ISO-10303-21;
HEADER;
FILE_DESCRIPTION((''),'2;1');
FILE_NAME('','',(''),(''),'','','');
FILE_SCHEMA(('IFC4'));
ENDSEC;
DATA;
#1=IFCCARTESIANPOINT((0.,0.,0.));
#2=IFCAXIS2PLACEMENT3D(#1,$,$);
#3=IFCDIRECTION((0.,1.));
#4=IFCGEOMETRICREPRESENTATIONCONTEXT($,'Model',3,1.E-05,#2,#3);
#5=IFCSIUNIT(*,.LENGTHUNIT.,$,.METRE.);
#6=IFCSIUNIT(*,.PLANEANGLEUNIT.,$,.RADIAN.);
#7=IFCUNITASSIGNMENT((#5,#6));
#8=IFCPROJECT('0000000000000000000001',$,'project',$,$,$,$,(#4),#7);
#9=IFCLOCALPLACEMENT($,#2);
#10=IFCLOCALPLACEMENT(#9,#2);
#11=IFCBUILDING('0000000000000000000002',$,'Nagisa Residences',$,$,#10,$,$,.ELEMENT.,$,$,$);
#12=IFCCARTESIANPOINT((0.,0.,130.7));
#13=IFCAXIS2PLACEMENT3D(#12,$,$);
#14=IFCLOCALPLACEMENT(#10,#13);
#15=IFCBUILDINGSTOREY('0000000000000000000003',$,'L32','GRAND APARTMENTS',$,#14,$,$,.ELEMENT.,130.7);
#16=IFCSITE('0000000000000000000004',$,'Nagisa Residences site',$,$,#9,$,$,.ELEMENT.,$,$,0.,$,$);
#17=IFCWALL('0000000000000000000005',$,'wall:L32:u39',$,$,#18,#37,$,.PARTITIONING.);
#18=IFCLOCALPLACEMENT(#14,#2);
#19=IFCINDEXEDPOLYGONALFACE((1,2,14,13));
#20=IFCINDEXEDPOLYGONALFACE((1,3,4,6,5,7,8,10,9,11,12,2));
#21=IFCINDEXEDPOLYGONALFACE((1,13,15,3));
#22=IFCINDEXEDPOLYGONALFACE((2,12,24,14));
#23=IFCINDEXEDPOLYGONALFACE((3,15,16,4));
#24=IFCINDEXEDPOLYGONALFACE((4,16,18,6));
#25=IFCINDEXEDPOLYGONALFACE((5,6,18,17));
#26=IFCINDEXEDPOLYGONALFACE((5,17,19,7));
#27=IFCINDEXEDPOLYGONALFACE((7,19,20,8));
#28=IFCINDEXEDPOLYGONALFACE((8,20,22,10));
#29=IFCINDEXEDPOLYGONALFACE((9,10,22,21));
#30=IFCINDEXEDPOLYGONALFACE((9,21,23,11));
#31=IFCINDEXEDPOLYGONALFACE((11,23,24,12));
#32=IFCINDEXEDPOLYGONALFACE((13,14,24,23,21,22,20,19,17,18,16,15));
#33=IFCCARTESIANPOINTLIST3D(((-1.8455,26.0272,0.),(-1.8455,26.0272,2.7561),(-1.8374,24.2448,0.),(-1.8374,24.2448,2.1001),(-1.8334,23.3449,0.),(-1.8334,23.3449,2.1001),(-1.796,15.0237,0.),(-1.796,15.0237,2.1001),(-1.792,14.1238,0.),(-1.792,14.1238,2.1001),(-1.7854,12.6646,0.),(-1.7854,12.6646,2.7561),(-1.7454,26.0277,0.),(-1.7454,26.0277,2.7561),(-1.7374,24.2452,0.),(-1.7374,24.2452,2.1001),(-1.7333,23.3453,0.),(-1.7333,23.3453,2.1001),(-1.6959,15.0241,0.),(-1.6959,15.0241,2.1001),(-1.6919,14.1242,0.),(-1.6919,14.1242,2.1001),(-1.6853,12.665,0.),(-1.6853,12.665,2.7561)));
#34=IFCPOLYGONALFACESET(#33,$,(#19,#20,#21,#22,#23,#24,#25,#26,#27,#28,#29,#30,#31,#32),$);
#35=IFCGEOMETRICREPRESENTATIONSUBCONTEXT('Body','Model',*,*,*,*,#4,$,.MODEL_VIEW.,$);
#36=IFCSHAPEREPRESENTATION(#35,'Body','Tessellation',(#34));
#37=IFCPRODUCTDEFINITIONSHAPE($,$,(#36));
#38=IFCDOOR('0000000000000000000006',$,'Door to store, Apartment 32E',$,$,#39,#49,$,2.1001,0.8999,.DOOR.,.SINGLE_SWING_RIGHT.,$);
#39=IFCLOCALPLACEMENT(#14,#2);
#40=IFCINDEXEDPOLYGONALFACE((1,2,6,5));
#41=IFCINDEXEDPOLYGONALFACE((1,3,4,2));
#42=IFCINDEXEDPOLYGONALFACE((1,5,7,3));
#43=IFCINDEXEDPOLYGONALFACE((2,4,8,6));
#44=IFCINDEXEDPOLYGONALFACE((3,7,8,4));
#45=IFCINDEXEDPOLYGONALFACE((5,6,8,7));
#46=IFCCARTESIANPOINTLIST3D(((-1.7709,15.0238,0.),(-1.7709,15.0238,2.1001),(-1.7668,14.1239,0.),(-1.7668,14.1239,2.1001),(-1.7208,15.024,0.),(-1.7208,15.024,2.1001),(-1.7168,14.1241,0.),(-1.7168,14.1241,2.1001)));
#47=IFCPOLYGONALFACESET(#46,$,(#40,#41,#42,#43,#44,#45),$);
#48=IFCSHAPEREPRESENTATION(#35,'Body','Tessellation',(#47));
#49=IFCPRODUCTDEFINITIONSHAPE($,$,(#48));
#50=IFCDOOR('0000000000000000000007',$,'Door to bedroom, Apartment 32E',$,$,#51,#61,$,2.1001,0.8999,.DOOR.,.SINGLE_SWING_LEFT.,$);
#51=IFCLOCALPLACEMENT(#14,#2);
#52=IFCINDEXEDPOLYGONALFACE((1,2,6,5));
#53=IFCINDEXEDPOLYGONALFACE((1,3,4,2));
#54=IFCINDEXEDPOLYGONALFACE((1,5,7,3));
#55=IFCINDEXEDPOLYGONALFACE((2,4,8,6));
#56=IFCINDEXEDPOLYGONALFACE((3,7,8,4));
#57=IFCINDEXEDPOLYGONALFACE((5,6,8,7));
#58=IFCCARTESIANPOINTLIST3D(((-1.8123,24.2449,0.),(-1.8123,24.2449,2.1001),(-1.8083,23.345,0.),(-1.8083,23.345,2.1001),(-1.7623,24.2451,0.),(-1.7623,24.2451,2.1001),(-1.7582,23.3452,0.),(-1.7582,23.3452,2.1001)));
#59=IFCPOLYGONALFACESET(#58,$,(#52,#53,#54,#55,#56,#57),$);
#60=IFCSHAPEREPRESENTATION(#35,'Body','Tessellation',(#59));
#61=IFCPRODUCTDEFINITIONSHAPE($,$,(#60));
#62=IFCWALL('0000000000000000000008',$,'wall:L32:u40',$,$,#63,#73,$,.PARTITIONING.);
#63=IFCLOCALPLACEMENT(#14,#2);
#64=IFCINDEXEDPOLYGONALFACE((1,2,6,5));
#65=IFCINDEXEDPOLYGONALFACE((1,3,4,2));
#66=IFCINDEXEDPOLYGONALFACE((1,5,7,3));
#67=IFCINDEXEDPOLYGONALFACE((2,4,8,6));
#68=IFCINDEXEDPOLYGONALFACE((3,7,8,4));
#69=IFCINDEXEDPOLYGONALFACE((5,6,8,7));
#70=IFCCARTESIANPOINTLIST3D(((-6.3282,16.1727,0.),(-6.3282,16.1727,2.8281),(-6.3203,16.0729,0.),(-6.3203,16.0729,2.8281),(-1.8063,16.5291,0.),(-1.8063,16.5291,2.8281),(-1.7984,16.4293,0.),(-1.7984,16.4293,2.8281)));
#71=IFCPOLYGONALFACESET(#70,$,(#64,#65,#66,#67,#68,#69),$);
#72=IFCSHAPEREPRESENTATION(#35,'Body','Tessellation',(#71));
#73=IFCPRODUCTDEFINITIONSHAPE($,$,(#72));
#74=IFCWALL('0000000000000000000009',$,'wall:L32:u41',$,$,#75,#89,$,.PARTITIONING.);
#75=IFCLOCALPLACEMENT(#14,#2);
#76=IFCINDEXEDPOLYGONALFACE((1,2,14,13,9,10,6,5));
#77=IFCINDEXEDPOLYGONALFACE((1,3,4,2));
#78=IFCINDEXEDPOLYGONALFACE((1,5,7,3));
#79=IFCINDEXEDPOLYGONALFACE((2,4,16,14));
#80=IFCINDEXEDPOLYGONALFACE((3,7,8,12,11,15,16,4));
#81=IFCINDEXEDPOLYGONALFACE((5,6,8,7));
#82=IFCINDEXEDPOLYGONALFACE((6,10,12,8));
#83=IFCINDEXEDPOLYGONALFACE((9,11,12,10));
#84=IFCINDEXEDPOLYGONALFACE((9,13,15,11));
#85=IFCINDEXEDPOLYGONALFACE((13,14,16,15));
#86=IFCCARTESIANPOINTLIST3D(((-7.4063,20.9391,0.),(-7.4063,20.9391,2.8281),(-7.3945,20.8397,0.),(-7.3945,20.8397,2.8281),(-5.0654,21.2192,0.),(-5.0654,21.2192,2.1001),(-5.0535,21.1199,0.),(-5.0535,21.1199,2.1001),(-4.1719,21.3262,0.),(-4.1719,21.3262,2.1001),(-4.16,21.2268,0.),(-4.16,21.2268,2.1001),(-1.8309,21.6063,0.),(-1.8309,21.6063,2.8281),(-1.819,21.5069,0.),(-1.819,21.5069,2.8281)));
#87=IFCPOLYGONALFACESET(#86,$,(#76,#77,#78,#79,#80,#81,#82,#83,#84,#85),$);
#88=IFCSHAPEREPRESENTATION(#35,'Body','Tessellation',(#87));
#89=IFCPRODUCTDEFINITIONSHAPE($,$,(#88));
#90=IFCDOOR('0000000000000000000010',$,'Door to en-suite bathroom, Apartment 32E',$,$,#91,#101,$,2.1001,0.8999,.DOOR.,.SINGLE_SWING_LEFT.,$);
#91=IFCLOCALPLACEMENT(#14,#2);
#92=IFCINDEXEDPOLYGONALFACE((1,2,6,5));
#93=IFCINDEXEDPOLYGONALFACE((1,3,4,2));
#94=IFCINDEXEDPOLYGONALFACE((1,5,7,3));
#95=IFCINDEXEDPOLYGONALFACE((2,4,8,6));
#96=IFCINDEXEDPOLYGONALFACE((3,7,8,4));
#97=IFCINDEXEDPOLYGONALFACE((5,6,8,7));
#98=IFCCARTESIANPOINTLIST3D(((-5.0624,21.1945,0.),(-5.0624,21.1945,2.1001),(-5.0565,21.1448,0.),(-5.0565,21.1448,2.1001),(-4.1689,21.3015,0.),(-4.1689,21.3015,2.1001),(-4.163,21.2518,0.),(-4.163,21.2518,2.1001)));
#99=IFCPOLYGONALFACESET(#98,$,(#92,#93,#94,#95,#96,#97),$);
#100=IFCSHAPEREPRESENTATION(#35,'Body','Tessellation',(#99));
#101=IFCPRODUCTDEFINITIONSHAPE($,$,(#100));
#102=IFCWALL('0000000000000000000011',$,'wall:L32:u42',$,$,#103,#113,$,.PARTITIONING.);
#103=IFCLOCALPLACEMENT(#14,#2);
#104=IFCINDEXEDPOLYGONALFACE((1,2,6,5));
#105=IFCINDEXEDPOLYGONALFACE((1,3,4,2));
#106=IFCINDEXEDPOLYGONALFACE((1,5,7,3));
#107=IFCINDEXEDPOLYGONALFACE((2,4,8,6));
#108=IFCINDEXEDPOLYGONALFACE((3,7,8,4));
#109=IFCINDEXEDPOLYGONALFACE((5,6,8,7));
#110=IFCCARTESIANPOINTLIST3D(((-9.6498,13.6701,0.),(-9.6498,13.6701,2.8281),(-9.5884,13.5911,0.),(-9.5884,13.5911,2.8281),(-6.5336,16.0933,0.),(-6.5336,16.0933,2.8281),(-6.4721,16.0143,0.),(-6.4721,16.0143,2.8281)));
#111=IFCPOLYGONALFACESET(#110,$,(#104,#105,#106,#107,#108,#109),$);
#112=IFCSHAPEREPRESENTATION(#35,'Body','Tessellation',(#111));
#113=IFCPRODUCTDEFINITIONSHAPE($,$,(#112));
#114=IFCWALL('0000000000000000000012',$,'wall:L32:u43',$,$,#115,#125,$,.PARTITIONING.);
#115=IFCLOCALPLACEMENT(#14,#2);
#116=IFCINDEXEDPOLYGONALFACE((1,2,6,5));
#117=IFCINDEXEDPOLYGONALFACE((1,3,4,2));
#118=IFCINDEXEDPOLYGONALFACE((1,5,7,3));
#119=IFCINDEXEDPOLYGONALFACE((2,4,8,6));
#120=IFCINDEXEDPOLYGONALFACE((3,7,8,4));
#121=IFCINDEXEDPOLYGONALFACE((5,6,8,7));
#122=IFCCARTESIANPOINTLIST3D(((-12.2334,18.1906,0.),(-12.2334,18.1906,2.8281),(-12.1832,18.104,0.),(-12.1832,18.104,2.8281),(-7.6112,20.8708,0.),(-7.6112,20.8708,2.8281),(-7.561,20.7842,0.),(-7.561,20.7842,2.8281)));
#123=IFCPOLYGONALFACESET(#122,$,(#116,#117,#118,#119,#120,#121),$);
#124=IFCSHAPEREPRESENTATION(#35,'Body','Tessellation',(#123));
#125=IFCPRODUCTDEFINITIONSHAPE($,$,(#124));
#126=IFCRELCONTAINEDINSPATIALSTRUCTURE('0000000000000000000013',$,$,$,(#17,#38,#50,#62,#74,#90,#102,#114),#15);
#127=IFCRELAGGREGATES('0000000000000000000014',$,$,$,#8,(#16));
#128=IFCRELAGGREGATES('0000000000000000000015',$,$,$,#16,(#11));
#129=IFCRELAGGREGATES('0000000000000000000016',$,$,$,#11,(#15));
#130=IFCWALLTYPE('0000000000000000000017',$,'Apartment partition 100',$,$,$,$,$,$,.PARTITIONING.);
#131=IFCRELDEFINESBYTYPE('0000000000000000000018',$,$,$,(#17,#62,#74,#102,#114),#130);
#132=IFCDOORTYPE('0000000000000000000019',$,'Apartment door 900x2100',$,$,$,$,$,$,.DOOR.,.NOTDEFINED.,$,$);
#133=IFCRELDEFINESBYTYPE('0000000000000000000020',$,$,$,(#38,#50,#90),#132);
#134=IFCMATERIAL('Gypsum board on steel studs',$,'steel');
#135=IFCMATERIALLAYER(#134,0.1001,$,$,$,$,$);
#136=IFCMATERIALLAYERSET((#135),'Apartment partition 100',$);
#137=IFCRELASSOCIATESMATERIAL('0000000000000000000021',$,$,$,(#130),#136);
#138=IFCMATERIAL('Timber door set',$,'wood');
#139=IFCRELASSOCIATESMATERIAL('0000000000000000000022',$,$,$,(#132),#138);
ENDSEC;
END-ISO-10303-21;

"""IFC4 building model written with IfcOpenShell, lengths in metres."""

from ifc_helpers import new_model, si_unit, direction, frame, frame_2d, origin, place, context, subcontext, project, spatial, rectangle, extrude, material, layer, layer_set, type_object, element, fill, save


model = new_model("IFC4")

# Units and contexts
model_context = context("Model", 3, precision=1e-05, world=origin(), true_north=direction((0.0, 1.0)))
body_context = subcontext(model_context, "Body", "Model", "MODEL_VIEW")
ifc_project = project(units=[si_unit("LENGTHUNIT", "METRE"), si_unit("PLANEANGLEUNIT", "RADIAN")], contexts=[model_context])

# Site, building, storey
site_placement = place(None, origin())
site = spatial("IfcSite", under=ifc_project, at=site_placement, Name="Nagisa Residences site", CompositionType="ELEMENT", RefElevation=0.0)
building_placement = place(site_placement, origin())
building = spatial("IfcBuilding", under=site, at=building_placement, Name="Nagisa Residences", CompositionType="ELEMENT")
storey_placement = place(building_placement, frame((0.0, 0.0, 130.7)))
storey = spatial("IfcBuildingStorey", under=building, at=storey_placement, Name="L32", Description="GRAND APARTMENTS", CompositionType="ELEMENT", Elevation=130.7)

# Wall, openings, doors
ifc_material_1 = material(Name="Gypsum board on steel studs", Category="steel")
ifc_layer_1 = layer(ifc_material_1, 0.1001)
ifc_layer_set_1 = layer_set([ifc_layer_1], Name="Apartment partition 100")
wall_type_1 = type_object("IfcWallType", Name="Apartment partition 100", PredefinedType="PARTITIONING", material=ifc_layer_set_1)
wall_1_placement = place(storey_placement, frame((-1.7354, 12.6648, 0.0), z_axis=(0.0, 0.0, 1.0), x_axis=(-0.004495, 0.99999, 0.0)))
wall_1 = element("IfcWall", 1, at=wall_1_placement, inside=storey, type_object=wall_type_1, Name="wall:L32:u39", PredefinedType="PARTITIONING", context=body_context, shape_type="SweptSolid", body=[
    extrude(rectangle(XDim=13.3628, YDim=0.1001, at=frame_2d((6.6814, 0.0))), origin(), (0.0, 0.0, 1.0), 2.7561),
])
opening_1_placement = place(wall_1_placement, frame((1.4592, 0.0, 0.0)))
opening_1 = element("IfcOpeningElement", 2, at=opening_1_placement, cuts=wall_1, PredefinedType="OPENING", context=body_context, shape_type="SweptSolid", body=[
    extrude(rectangle(XDim=0.8999, YDim=2.1001, at=frame_2d((0.45, 1.05))), frame((0.0, 0.0601, 0.0), z_axis=(0.0, -1.0, 0.0), x_axis=(1.0, 0.0, 0.0)), (0.0, 0.0, 1.0), 0.1201),
])
opening_2_placement = place(wall_1_placement, frame((10.6804, 0.0, 0.0)))
opening_2 = element("IfcOpeningElement", 3, at=opening_2_placement, cuts=wall_1, PredefinedType="OPENING", context=body_context, shape_type="SweptSolid", body=[
    extrude(rectangle(XDim=0.8999, YDim=2.1001, at=frame_2d((0.45, 1.05))), frame((0.0, 0.0601, 0.0), z_axis=(0.0, -1.0, 0.0), x_axis=(1.0, 0.0, 0.0)), (0.0, 0.0, 1.0), 0.1201),
])
ifc_material_2 = material(Name="Timber door set", Category="wood")
door_type_1 = type_object("IfcDoorType", Name="Apartment door 900x2100", OperationType="NOTDEFINED", PredefinedType="DOOR", material=ifc_material_2)
door_1_placement = place(opening_1_placement, origin())
door_1 = element("IfcDoor", 4, at=door_1_placement, inside=storey, type_object=door_type_1, Name="Door to store, Apartment 32E", OperationType="SINGLE_SWING_RIGHT", OverallHeight=2.1001, OverallWidth=0.8999, PredefinedType="DOOR", context=body_context, shape_type="SweptSolid", body=[
    extrude(rectangle(XDim=0.8999, YDim=2.1001, at=frame_2d((0.45, 1.05))), frame((0.0, 0.0249, 0.0), z_axis=(0.0, -1.0, 0.0), x_axis=(1.0, 0.0, 0.0)), (0.0, 0.0, 1.0), 0.05),
])
fill(opening_1, door_1)
door_2_placement = place(opening_2_placement, origin())
door_2 = element("IfcDoor", 5, at=door_2_placement, inside=storey, type_object=door_type_1, Name="Door to bedroom, Apartment 32E", OperationType="SINGLE_SWING_LEFT", OverallHeight=2.1001, OverallWidth=0.8999, PredefinedType="DOOR", context=body_context, shape_type="SweptSolid", body=[
    extrude(rectangle(XDim=0.8999, YDim=2.1001, at=frame_2d((0.45, 1.05))), frame((0.0, 0.0249, 0.0), z_axis=(0.0, -1.0, 0.0), x_axis=(1.0, 0.0, 0.0)), (0.0, 0.0, 1.0), 0.05),
])
fill(opening_2, door_2)

# Wall
wall_2_placement = place(storey_placement, frame((-1.8022, 16.4792, 0.0), z_axis=(0.0, 0.0, 1.0), x_axis=(-0.996908, -0.078581, 0.0)))
element("IfcWall", 6, at=wall_2_placement, inside=storey, type_object=wall_type_1, Name="wall:L32:u40", PredefinedType="PARTITIONING", context=body_context, shape_type="SweptSolid", body=[
    extrude(rectangle(XDim=4.5359, YDim=0.1001, at=frame_2d((2.2681, 0.0))), origin(), (0.0, 0.0, 1.0), 2.8281),
])

# Wall, opening, door
wall_3_placement = place(storey_placement, frame((-1.825, 21.5566, 0.0), z_axis=(0.0, 0.0, 1.0), x_axis=(-0.992915, -0.118826, 0.0)))
wall_3 = element("IfcWall", 7, at=wall_3_placement, inside=storey, type_object=wall_type_1, Name="wall:L32:u41", PredefinedType="PARTITIONING", context=body_context, shape_type="SweptSolid", body=[
    extrude(rectangle(XDim=5.6152, YDim=0.1001, at=frame_2d((2.8076, 0.0))), origin(), (0.0, 0.0, 1.0), 2.8281),
])
opening_3_placement = place(wall_3_placement, frame((2.3577, 0.0, 0.0)))
opening_3 = element("IfcOpeningElement", 8, at=opening_3_placement, cuts=wall_3, PredefinedType="OPENING", context=body_context, shape_type="SweptSolid", body=[
    extrude(rectangle(XDim=0.8999, YDim=2.1001, at=frame_2d((0.45, 1.05))), frame((0.0, 0.0601, 0.0), z_axis=(0.0, -1.0, 0.0), x_axis=(1.0, 0.0, 0.0)), (0.0, 0.0, 1.0), 0.1201),
])
door_3_placement = place(opening_3_placement, origin())
door_3 = element("IfcDoor", 9, at=door_3_placement, inside=storey, type_object=door_type_1, Name="Door to en-suite bathroom, Apartment 32E", OperationType="SINGLE_SWING_LEFT", OverallHeight=2.1001, OverallWidth=0.8999, PredefinedType="DOOR", context=body_context, shape_type="SweptSolid", body=[
    extrude(rectangle(XDim=0.8999, YDim=2.1001, at=frame_2d((0.45, 1.05))), frame((0.0, 0.0249, 0.0), z_axis=(0.0, -1.0, 0.0), x_axis=(1.0, 0.0, 0.0)), (0.0, 0.0, 1.0), 0.05),
])
fill(opening_3, door_3)

# Walls
wall_4_placement = place(storey_placement, frame((-6.5029, 16.0537, 0.0), z_axis=(0.0, 0.0, 1.0), x_axis=(-0.789429, -0.613842, 0.0)))
element("IfcWall", 10, at=wall_4_placement, inside=storey, type_object=wall_type_1, Name="wall:L32:u42", PredefinedType="PARTITIONING", context=body_context, shape_type="SweptSolid", body=[
    extrude(rectangle(XDim=3.9475, YDim=0.1001, at=frame_2d((1.9736, 0.0))), origin(), (0.0, 0.0, 1.0), 2.8281),
])
wall_5_placement = place(storey_placement, frame((-7.5862, 20.8274, 0.0), z_axis=(0.0, 0.0, 1.0), x_axis=(-0.865093, -0.501611, 0.0)))
element("IfcWall", 11, at=wall_5_placement, inside=storey, type_object=wall_type_1, Name="wall:L32:u43", PredefinedType="PARTITIONING", context=body_context, shape_type="SweptSolid", body=[
    extrude(rectangle(XDim=5.343, YDim=0.1001, at=frame_2d((2.6714, 0.0))), origin(), (0.0, 0.0, 1.0), 2.8281),
])

save(model, "model.ifc")
